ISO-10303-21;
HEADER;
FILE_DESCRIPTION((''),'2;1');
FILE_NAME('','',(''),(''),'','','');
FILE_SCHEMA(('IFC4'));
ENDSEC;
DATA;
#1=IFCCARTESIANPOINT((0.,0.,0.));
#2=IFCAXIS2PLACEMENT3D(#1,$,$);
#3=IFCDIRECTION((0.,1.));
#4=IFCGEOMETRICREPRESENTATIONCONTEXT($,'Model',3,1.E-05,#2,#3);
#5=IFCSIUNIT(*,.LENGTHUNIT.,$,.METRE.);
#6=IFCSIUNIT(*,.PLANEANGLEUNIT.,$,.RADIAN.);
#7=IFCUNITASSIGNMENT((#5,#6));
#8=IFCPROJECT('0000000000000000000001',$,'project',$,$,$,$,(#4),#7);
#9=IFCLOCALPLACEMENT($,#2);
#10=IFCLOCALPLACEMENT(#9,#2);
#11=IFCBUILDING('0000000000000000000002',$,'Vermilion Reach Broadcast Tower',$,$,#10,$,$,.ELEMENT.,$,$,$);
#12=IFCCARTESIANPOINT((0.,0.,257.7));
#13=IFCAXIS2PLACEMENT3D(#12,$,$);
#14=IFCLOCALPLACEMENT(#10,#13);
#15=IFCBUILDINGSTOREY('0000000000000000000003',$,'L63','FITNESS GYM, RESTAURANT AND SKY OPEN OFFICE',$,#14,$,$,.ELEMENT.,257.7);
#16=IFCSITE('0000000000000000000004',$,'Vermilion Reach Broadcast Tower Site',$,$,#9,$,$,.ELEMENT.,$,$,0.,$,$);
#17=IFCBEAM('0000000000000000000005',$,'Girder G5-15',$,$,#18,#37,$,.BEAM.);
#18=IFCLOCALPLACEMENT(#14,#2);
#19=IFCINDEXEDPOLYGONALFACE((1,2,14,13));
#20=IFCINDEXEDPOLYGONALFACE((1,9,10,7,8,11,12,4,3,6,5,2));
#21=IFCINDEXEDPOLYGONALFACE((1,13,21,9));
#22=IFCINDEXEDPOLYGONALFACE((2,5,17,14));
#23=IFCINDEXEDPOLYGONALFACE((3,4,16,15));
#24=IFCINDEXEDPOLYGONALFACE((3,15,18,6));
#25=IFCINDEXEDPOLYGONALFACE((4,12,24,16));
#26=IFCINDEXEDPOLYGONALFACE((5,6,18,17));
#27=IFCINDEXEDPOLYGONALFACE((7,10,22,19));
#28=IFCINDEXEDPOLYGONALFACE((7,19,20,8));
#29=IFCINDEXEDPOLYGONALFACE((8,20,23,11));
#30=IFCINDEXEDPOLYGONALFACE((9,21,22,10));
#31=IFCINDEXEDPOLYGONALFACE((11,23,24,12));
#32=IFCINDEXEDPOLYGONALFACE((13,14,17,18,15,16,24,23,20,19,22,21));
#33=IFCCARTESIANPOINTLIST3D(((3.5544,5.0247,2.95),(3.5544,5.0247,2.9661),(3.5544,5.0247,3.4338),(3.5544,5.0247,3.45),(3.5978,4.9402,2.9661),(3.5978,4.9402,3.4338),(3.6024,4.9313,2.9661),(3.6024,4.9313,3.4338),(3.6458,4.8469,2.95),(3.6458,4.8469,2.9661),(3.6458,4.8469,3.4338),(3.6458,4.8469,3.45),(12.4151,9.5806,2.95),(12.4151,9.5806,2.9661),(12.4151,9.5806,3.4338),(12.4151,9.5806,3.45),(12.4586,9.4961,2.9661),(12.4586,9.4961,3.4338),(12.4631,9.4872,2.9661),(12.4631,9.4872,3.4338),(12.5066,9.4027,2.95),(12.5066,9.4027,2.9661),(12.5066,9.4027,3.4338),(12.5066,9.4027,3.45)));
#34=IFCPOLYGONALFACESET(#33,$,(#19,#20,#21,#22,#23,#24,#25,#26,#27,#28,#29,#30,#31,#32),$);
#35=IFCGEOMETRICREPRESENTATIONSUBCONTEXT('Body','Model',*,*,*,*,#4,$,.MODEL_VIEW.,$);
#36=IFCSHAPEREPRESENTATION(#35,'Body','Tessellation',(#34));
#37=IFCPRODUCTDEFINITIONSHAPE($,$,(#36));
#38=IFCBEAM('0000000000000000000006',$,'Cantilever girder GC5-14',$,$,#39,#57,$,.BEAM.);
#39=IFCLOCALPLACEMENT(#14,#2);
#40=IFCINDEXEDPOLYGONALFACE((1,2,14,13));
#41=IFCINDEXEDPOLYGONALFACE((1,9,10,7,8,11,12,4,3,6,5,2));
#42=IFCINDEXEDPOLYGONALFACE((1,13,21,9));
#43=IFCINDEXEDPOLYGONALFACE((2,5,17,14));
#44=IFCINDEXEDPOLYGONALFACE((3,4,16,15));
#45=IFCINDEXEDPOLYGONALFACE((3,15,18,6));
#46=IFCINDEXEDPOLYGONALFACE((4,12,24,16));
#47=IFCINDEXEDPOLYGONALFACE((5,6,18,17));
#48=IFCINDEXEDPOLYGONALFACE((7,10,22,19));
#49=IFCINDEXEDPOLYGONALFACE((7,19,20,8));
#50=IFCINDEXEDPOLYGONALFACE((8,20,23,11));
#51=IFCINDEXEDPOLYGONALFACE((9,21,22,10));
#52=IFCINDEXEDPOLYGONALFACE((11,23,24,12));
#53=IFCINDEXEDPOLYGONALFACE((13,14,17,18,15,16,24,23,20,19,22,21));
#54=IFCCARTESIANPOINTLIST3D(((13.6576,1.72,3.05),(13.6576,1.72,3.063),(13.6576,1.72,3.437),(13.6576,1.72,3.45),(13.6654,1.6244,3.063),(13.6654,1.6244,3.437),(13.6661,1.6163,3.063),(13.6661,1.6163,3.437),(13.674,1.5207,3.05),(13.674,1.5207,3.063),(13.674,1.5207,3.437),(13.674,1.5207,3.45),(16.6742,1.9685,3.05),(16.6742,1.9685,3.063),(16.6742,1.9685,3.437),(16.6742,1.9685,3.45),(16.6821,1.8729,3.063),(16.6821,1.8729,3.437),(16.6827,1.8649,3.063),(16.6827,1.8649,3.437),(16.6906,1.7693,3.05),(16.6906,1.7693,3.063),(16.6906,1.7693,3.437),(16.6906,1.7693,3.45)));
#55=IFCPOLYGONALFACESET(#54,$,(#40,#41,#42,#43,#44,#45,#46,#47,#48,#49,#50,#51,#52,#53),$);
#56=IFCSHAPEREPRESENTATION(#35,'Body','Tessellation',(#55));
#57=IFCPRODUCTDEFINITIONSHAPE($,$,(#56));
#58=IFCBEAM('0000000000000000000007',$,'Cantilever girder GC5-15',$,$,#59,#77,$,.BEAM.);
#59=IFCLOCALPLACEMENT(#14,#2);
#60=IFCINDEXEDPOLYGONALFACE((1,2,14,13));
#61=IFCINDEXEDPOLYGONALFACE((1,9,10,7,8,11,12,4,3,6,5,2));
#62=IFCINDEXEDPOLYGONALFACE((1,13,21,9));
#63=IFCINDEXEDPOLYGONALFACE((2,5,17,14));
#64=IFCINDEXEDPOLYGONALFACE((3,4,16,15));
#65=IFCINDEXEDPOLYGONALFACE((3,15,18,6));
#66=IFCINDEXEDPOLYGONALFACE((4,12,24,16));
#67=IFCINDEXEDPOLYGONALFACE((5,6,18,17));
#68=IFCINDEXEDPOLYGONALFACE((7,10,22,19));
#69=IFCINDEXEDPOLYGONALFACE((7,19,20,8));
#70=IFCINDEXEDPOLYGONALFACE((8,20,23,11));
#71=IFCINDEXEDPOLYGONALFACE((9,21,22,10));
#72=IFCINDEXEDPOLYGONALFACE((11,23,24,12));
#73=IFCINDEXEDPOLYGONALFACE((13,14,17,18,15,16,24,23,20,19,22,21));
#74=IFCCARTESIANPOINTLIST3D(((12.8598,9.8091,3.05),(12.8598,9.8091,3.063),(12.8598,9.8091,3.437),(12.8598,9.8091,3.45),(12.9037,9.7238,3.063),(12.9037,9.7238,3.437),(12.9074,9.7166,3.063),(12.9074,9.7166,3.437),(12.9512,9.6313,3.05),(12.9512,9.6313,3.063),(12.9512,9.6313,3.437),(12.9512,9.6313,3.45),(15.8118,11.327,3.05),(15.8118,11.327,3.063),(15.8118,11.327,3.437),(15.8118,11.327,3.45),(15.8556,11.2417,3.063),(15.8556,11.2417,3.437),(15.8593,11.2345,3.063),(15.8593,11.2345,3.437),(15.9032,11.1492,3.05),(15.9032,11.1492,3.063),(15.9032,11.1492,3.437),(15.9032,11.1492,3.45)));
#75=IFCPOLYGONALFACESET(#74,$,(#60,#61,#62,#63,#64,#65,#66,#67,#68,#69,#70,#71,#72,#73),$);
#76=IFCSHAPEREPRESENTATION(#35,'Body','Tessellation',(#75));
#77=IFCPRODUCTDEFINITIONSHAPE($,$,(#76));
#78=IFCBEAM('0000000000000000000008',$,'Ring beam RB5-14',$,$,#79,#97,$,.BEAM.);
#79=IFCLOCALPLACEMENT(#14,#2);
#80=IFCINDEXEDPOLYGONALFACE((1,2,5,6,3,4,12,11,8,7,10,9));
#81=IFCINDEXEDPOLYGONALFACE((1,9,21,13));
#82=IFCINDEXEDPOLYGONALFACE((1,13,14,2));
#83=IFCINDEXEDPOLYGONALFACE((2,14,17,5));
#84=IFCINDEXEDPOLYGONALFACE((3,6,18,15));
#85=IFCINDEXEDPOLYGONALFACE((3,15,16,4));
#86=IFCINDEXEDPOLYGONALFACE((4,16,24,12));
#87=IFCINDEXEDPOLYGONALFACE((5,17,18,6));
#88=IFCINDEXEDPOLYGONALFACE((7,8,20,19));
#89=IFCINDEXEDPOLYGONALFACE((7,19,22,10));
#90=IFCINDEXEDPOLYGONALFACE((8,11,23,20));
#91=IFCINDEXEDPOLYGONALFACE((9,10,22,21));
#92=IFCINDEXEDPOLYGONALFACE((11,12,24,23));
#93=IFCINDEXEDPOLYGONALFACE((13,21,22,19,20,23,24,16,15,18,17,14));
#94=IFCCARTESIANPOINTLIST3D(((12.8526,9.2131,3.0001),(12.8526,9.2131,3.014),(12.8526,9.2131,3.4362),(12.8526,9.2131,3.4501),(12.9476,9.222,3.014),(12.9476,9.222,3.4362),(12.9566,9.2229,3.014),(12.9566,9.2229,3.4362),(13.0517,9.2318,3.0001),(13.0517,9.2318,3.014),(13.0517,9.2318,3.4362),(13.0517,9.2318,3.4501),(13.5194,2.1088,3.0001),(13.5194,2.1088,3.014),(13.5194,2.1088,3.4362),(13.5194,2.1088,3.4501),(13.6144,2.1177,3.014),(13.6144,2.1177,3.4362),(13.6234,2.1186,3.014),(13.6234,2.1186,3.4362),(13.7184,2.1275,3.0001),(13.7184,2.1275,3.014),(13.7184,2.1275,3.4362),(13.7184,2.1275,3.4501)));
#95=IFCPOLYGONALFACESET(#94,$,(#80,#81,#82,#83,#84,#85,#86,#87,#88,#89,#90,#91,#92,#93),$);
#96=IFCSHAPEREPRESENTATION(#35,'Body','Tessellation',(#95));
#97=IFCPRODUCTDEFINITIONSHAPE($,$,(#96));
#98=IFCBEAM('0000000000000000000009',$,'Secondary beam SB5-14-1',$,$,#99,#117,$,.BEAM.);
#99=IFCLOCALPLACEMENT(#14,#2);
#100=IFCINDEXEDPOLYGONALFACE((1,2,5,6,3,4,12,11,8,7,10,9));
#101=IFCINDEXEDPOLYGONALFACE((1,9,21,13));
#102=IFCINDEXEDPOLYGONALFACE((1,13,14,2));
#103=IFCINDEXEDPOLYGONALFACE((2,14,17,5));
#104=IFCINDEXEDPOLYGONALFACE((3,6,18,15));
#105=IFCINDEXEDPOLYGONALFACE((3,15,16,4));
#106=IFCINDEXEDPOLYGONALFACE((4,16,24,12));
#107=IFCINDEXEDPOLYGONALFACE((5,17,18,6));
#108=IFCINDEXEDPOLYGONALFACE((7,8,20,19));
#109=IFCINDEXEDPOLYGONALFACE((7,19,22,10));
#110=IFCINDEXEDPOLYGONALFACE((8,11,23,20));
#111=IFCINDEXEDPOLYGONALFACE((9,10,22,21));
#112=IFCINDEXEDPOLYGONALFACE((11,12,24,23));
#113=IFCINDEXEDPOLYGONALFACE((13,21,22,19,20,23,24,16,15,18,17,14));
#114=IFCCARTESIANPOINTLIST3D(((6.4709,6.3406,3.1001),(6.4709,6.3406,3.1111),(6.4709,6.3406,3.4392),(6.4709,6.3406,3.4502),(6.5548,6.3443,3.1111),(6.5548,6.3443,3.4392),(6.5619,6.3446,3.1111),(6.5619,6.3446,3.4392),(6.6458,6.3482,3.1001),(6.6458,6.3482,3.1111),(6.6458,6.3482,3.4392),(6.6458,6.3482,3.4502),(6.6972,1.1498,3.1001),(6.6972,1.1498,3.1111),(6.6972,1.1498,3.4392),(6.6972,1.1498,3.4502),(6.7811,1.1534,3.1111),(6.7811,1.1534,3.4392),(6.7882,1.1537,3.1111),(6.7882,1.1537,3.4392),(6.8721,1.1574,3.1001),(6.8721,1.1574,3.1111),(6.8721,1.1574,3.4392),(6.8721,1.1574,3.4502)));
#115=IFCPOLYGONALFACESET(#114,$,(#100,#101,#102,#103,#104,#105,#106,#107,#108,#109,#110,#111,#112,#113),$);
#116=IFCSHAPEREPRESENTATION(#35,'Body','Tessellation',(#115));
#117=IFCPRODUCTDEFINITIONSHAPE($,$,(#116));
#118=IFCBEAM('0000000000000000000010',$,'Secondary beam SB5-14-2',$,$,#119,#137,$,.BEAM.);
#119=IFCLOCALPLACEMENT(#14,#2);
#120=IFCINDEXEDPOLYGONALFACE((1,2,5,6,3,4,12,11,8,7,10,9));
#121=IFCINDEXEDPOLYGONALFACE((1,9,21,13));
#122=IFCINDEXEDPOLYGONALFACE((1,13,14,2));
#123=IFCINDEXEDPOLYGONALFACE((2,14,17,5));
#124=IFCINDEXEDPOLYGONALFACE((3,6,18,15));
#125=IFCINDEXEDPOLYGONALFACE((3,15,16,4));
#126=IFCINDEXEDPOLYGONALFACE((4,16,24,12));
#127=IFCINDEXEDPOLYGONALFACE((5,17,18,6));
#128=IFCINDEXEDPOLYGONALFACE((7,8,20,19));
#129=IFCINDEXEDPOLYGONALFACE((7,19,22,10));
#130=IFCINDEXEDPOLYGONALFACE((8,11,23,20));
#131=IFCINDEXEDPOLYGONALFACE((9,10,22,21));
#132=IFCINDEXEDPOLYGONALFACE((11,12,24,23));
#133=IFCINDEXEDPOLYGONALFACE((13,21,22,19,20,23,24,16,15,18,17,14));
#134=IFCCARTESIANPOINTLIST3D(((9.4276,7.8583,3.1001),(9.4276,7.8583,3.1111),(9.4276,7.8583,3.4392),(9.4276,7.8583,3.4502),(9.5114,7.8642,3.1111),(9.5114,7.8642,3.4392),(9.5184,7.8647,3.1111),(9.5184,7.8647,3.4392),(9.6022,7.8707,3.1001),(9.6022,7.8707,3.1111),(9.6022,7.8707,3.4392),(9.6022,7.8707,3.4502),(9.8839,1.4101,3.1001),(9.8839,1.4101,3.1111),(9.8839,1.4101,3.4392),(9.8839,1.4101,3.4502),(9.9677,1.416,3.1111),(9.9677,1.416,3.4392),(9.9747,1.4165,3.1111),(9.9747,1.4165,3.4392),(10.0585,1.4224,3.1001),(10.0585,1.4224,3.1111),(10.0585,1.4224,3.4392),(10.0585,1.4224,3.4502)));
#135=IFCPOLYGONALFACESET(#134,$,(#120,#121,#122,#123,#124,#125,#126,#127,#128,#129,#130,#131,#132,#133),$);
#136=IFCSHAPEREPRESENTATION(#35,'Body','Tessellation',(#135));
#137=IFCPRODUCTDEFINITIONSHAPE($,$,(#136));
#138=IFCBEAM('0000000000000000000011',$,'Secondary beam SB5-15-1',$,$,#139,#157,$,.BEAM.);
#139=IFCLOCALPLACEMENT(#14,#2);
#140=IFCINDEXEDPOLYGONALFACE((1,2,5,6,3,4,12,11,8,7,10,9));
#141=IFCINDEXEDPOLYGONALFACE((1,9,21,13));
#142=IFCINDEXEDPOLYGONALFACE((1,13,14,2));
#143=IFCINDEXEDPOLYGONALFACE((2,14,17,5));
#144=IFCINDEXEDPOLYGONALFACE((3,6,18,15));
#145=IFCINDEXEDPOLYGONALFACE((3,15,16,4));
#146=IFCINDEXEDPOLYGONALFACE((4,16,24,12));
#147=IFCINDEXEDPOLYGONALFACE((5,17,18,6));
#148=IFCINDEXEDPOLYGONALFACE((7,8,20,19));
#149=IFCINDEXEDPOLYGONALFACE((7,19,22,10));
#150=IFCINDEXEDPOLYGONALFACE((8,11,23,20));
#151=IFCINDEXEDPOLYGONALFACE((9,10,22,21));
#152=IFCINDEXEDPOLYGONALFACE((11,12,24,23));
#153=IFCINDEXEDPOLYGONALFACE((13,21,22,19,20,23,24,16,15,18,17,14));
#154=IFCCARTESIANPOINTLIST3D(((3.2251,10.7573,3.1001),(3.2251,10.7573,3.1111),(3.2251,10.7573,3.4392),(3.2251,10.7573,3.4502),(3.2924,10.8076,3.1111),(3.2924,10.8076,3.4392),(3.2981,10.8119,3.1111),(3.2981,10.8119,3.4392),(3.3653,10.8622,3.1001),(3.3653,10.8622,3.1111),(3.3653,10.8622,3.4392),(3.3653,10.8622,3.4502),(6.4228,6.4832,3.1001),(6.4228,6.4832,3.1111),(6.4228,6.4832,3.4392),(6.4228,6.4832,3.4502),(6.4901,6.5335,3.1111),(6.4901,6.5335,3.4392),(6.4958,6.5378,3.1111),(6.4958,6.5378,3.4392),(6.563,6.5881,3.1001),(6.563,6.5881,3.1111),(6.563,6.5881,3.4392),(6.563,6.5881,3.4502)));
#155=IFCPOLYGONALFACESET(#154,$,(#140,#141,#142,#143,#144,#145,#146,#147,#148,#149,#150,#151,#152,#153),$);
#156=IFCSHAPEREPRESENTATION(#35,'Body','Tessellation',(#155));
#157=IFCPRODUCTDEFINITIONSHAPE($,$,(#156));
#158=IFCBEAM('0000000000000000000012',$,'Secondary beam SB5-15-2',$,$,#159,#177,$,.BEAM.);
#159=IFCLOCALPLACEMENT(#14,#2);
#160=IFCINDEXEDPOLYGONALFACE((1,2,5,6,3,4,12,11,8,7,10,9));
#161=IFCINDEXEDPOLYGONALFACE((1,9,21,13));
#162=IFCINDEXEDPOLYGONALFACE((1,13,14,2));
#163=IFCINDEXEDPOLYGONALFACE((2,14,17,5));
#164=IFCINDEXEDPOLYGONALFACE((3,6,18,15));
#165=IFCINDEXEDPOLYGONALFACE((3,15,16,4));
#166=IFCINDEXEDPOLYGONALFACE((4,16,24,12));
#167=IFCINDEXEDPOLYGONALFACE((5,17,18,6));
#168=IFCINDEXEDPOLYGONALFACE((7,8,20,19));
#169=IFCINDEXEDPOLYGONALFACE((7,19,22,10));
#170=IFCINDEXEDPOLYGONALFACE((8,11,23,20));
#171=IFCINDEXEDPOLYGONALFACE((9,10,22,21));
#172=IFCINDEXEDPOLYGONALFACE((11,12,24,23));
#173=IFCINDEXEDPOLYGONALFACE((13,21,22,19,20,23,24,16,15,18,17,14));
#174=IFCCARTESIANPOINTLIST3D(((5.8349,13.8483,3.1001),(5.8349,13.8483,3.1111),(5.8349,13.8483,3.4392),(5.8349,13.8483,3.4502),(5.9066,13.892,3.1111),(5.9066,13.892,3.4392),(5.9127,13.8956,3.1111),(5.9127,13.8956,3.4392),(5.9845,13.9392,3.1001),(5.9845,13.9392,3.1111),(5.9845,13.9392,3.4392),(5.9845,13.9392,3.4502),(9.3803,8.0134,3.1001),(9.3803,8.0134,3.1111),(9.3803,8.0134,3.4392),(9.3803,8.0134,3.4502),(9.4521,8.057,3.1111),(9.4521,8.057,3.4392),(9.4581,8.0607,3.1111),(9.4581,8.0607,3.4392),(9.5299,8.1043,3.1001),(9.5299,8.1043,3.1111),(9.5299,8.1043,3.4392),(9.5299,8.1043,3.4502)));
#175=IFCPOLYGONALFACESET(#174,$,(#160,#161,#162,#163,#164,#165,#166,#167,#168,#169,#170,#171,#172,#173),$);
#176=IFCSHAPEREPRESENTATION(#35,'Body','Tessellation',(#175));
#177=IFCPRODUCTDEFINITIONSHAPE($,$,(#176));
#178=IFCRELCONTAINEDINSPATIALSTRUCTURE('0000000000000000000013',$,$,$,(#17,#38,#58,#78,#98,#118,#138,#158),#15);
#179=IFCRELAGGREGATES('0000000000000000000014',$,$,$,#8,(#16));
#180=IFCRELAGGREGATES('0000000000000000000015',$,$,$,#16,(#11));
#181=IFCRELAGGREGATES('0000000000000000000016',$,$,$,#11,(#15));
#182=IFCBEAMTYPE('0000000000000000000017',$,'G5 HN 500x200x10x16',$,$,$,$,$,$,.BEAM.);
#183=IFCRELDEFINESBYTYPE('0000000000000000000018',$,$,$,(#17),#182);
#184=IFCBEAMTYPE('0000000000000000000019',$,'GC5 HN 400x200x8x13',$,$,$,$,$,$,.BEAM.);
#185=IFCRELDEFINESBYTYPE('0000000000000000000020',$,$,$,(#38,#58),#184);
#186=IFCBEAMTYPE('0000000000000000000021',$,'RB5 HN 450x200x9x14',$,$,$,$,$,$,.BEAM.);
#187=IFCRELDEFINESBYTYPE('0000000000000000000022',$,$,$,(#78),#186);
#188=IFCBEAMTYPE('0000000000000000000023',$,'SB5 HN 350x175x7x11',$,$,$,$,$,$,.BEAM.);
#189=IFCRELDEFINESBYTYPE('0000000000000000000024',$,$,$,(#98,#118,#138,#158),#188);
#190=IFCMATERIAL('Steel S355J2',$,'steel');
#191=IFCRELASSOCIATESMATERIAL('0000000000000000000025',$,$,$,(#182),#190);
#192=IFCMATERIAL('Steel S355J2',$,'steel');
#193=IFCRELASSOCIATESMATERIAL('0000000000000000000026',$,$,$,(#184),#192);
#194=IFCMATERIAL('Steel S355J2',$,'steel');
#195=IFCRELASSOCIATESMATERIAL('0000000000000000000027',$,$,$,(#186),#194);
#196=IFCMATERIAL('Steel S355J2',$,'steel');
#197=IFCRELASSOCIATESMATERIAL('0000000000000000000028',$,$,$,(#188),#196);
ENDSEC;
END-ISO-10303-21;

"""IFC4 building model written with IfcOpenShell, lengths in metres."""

from ifc_helpers import new_model, si_unit, direction, frame, origin, origin_2d, place, context, subcontext, project, spatial, i_section, extrude, material, material_profile, profile_set, type_object, element, save


model = new_model("IFC4")

# Units and contexts
model_context = context("Model", 3, precision=1e-05, world=origin(), true_north=direction((0.0, 1.0)))
body_context = subcontext(model_context, "Body", "Model", "MODEL_VIEW")
ifc_project = project(units=[si_unit("LENGTHUNIT", "METRE"), si_unit("PLANEANGLEUNIT", "RADIAN")], contexts=[model_context])

# Site, building, storey
site_placement = place(None, origin())
site = spatial("IfcSite", under=ifc_project, at=site_placement, Name="Vermilion Reach Broadcast Tower Site", CompositionType="ELEMENT", RefElevation=0.0)
building_placement = place(site_placement, origin())
building = spatial("IfcBuilding", under=site, at=building_placement, Name="Vermilion Reach Broadcast Tower", CompositionType="ELEMENT")
storey_placement = place(building_placement, frame((0.0, 0.0, 257.7)))
storey = spatial("IfcBuildingStorey", under=building, at=storey_placement, Name="L63", Description="FITNESS GYM, RESTAURANT AND SKY OPEN OFFICE", CompositionType="ELEMENT", Elevation=257.7)

# Beams
ifc_material_1 = material(Name="Steel S355J2", Category="steel")
ifc_material_profile_1 = material_profile(ifc_material_1, i_section(OverallWidth=0.2, OverallDepth=0.5, WebThickness=0.01, FlangeThickness=0.0161, at=origin_2d()), Name="S355J2 HN 500x200x10x16")
ifc_profile_set_1 = profile_set([ifc_material_profile_1], Name="Steel S355J2")
beam_type_1 = type_object("IfcBeamType", Name="G5 HN 500x200x10x16", PredefinedType="BEAM", material=ifc_profile_set_1)
beam_1_placement = place(storey_placement, frame((3.6001, 4.9358, 3.2), z_axis=(0.889333, 0.457261, 0.0), x_axis=(-0.457261, 0.889333, 0.0)))
element("IfcBeam", 1, at=beam_1_placement, inside=storey, type_object=beam_type_1, Name="Girder G5-15", PredefinedType="BEAM", context=body_context, shape_type="SweptSolid", body=[
    extrude(i_section(OverallWidth=0.2, OverallDepth=0.5, WebThickness=0.01, FlangeThickness=0.0161, at=origin_2d()), origin(), (0.0, 0.0, 1.0), 9.9634),
])
ifc_material_2 = material(Name="Steel S355J2", Category="steel")
ifc_material_profile_2 = material_profile(ifc_material_2, i_section(OverallWidth=0.2, OverallDepth=0.3999, WebThickness=0.0081, FlangeThickness=0.0129, at=origin_2d()), Name="S355J2 HN 400x200x8x13")
ifc_profile_set_2 = profile_set([ifc_material_profile_2], Name="Steel S355J2")
beam_type_2 = type_object("IfcBeamType", Name="GC5 HN 400x200x8x13", PredefinedType="BEAM", material=ifc_profile_set_2)
beam_2_placement = place(storey_placement, frame((13.6658, 1.6204, 3.25), z_axis=(0.996623, 0.082111, 0.0), x_axis=(-0.082111, 0.996623, 0.0)))
element("IfcBeam", 2, at=beam_2_placement, inside=storey, type_object=beam_type_2, Name="Cantilever girder GC5-14", PredefinedType="BEAM", context=body_context, shape_type="SweptSolid", body=[
    extrude(i_section(OverallWidth=0.2, OverallDepth=0.3999, WebThickness=0.0081, FlangeThickness=0.0129, at=origin_2d()), origin(), (0.0, 0.0, 1.0), 3.0269),
])
beam_3_placement = place(storey_placement, frame((12.9055, 9.7202, 3.25), z_axis=(0.889325, 0.457277, 0.0), x_axis=(-0.457277, 0.889325, 0.0)))
element("IfcBeam", 3, at=beam_3_placement, inside=storey, type_object=beam_type_2, Name="Cantilever girder GC5-15", PredefinedType="BEAM", context=body_context, shape_type="SweptSolid", body=[
    extrude(i_section(OverallWidth=0.2, OverallDepth=0.3999, WebThickness=0.0081, FlangeThickness=0.0129, at=origin_2d()), origin(), (0.0, 0.0, 1.0), 3.3193),
])
ifc_material_3 = material(Name="Steel S355J2", Category="steel")
ifc_material_profile_3 = material_profile(ifc_material_3, i_section(OverallWidth=0.2, OverallDepth=0.45, WebThickness=0.009, FlangeThickness=0.0139, at=origin_2d()), Name="S355J2 HN 450x200x9x14")
ifc_profile_set_3 = profile_set([ifc_material_profile_3], Name="Steel S355J2")
beam_type_3 = type_object("IfcBeamType", Name="RB5 HN 450x200x9x14", PredefinedType="BEAM", material=ifc_profile_set_3)
beam_4_placement = place(storey_placement, frame((13.6189, 2.1182, 3.2251), z_axis=(-0.093441, 0.995625, 0.0), x_axis=(-0.995625, -0.093441, 0.0)))
element("IfcBeam", 4, at=beam_4_placement, inside=storey, type_object=beam_type_3, Name="Ring beam RB5-14", PredefinedType="BEAM", context=body_context, shape_type="SweptSolid", body=[
    extrude(i_section(OverallWidth=0.2, OverallDepth=0.45, WebThickness=0.009, FlangeThickness=0.0139, at=origin_2d()), origin(), (0.0, 0.0, 1.0), 7.1355),
])
ifc_material_4 = material(Name="Steel S355J2", Category="steel")
ifc_material_profile_4 = material_profile(ifc_material_4, i_section(OverallWidth=0.175, OverallDepth=0.3501, WebThickness=0.0071, FlangeThickness=0.011, at=origin_2d()), Name="S355J2 HN 350x175x7x11")
ifc_profile_set_4 = profile_set([ifc_material_profile_4], Name="Steel S355J2")
beam_type_4 = type_object("IfcBeamType", Name="SB5 HN 350x175x7x11", PredefinedType="BEAM", material=ifc_profile_set_4)
beam_5_placement = place(storey_placement, frame((6.7847, 1.1536, 3.2751), z_axis=(-0.043558, 0.999051, 0.0), x_axis=(-0.999051, -0.043558, 0.0)))
element("IfcBeam", 5, at=beam_5_placement, inside=storey, type_object=beam_type_4, Name="Secondary beam SB5-14-1", PredefinedType="BEAM", context=body_context, shape_type="SweptSolid", body=[
    extrude(i_section(OverallWidth=0.175, OverallDepth=0.3501, WebThickness=0.0071, FlangeThickness=0.011, at=origin_2d()), origin(), (0.0, 0.0, 1.0), 5.1958),
])
beam_6_placement = place(storey_placement, frame((9.9712, 1.4163, 3.2751), z_axis=(-0.070587, 0.997506, 0.0), x_axis=(-0.997506, -0.070587, 0.0)))
element("IfcBeam", 6, at=beam_6_placement, inside=storey, type_object=beam_type_4, Name="Secondary beam SB5-14-2", PredefinedType="BEAM", context=body_context, shape_type="SweptSolid", body=[
    extrude(i_section(OverallWidth=0.175, OverallDepth=0.3501, WebThickness=0.0071, FlangeThickness=0.011, at=origin_2d()), origin(), (0.0, 0.0, 1.0), 6.4644),
])
beam_7_placement = place(storey_placement, frame((6.4929, 6.5356, 3.2751), z_axis=(-0.599056, 0.800707, 0.0), x_axis=(-0.800707, -0.599056, 0.0)))
element("IfcBeam", 7, at=beam_7_placement, inside=storey, type_object=beam_type_4, Name="Secondary beam SB5-15-1", PredefinedType="BEAM", context=body_context, shape_type="SweptSolid", body=[
    extrude(i_section(OverallWidth=0.175, OverallDepth=0.3501, WebThickness=0.0071, FlangeThickness=0.011, at=origin_2d()), origin(), (0.0, 0.0, 1.0), 5.3379),
])
beam_8_placement = place(storey_placement, frame((9.4551, 8.0588, 3.2751), z_axis=(-0.519273, 0.854608, 0.0), x_axis=(-0.854608, -0.519273, 0.0)))
element("IfcBeam", 8, at=beam_8_placement, inside=storey, type_object=beam_type_4, Name="Secondary beam SB5-15-2", PredefinedType="BEAM", context=body_context, shape_type="SweptSolid", body=[
    extrude(i_section(OverallWidth=0.175, OverallDepth=0.3501, WebThickness=0.0071, FlangeThickness=0.011, at=origin_2d()), origin(), (0.0, 0.0, 1.0), 6.8276),
])

save(model, "model.ifc")
